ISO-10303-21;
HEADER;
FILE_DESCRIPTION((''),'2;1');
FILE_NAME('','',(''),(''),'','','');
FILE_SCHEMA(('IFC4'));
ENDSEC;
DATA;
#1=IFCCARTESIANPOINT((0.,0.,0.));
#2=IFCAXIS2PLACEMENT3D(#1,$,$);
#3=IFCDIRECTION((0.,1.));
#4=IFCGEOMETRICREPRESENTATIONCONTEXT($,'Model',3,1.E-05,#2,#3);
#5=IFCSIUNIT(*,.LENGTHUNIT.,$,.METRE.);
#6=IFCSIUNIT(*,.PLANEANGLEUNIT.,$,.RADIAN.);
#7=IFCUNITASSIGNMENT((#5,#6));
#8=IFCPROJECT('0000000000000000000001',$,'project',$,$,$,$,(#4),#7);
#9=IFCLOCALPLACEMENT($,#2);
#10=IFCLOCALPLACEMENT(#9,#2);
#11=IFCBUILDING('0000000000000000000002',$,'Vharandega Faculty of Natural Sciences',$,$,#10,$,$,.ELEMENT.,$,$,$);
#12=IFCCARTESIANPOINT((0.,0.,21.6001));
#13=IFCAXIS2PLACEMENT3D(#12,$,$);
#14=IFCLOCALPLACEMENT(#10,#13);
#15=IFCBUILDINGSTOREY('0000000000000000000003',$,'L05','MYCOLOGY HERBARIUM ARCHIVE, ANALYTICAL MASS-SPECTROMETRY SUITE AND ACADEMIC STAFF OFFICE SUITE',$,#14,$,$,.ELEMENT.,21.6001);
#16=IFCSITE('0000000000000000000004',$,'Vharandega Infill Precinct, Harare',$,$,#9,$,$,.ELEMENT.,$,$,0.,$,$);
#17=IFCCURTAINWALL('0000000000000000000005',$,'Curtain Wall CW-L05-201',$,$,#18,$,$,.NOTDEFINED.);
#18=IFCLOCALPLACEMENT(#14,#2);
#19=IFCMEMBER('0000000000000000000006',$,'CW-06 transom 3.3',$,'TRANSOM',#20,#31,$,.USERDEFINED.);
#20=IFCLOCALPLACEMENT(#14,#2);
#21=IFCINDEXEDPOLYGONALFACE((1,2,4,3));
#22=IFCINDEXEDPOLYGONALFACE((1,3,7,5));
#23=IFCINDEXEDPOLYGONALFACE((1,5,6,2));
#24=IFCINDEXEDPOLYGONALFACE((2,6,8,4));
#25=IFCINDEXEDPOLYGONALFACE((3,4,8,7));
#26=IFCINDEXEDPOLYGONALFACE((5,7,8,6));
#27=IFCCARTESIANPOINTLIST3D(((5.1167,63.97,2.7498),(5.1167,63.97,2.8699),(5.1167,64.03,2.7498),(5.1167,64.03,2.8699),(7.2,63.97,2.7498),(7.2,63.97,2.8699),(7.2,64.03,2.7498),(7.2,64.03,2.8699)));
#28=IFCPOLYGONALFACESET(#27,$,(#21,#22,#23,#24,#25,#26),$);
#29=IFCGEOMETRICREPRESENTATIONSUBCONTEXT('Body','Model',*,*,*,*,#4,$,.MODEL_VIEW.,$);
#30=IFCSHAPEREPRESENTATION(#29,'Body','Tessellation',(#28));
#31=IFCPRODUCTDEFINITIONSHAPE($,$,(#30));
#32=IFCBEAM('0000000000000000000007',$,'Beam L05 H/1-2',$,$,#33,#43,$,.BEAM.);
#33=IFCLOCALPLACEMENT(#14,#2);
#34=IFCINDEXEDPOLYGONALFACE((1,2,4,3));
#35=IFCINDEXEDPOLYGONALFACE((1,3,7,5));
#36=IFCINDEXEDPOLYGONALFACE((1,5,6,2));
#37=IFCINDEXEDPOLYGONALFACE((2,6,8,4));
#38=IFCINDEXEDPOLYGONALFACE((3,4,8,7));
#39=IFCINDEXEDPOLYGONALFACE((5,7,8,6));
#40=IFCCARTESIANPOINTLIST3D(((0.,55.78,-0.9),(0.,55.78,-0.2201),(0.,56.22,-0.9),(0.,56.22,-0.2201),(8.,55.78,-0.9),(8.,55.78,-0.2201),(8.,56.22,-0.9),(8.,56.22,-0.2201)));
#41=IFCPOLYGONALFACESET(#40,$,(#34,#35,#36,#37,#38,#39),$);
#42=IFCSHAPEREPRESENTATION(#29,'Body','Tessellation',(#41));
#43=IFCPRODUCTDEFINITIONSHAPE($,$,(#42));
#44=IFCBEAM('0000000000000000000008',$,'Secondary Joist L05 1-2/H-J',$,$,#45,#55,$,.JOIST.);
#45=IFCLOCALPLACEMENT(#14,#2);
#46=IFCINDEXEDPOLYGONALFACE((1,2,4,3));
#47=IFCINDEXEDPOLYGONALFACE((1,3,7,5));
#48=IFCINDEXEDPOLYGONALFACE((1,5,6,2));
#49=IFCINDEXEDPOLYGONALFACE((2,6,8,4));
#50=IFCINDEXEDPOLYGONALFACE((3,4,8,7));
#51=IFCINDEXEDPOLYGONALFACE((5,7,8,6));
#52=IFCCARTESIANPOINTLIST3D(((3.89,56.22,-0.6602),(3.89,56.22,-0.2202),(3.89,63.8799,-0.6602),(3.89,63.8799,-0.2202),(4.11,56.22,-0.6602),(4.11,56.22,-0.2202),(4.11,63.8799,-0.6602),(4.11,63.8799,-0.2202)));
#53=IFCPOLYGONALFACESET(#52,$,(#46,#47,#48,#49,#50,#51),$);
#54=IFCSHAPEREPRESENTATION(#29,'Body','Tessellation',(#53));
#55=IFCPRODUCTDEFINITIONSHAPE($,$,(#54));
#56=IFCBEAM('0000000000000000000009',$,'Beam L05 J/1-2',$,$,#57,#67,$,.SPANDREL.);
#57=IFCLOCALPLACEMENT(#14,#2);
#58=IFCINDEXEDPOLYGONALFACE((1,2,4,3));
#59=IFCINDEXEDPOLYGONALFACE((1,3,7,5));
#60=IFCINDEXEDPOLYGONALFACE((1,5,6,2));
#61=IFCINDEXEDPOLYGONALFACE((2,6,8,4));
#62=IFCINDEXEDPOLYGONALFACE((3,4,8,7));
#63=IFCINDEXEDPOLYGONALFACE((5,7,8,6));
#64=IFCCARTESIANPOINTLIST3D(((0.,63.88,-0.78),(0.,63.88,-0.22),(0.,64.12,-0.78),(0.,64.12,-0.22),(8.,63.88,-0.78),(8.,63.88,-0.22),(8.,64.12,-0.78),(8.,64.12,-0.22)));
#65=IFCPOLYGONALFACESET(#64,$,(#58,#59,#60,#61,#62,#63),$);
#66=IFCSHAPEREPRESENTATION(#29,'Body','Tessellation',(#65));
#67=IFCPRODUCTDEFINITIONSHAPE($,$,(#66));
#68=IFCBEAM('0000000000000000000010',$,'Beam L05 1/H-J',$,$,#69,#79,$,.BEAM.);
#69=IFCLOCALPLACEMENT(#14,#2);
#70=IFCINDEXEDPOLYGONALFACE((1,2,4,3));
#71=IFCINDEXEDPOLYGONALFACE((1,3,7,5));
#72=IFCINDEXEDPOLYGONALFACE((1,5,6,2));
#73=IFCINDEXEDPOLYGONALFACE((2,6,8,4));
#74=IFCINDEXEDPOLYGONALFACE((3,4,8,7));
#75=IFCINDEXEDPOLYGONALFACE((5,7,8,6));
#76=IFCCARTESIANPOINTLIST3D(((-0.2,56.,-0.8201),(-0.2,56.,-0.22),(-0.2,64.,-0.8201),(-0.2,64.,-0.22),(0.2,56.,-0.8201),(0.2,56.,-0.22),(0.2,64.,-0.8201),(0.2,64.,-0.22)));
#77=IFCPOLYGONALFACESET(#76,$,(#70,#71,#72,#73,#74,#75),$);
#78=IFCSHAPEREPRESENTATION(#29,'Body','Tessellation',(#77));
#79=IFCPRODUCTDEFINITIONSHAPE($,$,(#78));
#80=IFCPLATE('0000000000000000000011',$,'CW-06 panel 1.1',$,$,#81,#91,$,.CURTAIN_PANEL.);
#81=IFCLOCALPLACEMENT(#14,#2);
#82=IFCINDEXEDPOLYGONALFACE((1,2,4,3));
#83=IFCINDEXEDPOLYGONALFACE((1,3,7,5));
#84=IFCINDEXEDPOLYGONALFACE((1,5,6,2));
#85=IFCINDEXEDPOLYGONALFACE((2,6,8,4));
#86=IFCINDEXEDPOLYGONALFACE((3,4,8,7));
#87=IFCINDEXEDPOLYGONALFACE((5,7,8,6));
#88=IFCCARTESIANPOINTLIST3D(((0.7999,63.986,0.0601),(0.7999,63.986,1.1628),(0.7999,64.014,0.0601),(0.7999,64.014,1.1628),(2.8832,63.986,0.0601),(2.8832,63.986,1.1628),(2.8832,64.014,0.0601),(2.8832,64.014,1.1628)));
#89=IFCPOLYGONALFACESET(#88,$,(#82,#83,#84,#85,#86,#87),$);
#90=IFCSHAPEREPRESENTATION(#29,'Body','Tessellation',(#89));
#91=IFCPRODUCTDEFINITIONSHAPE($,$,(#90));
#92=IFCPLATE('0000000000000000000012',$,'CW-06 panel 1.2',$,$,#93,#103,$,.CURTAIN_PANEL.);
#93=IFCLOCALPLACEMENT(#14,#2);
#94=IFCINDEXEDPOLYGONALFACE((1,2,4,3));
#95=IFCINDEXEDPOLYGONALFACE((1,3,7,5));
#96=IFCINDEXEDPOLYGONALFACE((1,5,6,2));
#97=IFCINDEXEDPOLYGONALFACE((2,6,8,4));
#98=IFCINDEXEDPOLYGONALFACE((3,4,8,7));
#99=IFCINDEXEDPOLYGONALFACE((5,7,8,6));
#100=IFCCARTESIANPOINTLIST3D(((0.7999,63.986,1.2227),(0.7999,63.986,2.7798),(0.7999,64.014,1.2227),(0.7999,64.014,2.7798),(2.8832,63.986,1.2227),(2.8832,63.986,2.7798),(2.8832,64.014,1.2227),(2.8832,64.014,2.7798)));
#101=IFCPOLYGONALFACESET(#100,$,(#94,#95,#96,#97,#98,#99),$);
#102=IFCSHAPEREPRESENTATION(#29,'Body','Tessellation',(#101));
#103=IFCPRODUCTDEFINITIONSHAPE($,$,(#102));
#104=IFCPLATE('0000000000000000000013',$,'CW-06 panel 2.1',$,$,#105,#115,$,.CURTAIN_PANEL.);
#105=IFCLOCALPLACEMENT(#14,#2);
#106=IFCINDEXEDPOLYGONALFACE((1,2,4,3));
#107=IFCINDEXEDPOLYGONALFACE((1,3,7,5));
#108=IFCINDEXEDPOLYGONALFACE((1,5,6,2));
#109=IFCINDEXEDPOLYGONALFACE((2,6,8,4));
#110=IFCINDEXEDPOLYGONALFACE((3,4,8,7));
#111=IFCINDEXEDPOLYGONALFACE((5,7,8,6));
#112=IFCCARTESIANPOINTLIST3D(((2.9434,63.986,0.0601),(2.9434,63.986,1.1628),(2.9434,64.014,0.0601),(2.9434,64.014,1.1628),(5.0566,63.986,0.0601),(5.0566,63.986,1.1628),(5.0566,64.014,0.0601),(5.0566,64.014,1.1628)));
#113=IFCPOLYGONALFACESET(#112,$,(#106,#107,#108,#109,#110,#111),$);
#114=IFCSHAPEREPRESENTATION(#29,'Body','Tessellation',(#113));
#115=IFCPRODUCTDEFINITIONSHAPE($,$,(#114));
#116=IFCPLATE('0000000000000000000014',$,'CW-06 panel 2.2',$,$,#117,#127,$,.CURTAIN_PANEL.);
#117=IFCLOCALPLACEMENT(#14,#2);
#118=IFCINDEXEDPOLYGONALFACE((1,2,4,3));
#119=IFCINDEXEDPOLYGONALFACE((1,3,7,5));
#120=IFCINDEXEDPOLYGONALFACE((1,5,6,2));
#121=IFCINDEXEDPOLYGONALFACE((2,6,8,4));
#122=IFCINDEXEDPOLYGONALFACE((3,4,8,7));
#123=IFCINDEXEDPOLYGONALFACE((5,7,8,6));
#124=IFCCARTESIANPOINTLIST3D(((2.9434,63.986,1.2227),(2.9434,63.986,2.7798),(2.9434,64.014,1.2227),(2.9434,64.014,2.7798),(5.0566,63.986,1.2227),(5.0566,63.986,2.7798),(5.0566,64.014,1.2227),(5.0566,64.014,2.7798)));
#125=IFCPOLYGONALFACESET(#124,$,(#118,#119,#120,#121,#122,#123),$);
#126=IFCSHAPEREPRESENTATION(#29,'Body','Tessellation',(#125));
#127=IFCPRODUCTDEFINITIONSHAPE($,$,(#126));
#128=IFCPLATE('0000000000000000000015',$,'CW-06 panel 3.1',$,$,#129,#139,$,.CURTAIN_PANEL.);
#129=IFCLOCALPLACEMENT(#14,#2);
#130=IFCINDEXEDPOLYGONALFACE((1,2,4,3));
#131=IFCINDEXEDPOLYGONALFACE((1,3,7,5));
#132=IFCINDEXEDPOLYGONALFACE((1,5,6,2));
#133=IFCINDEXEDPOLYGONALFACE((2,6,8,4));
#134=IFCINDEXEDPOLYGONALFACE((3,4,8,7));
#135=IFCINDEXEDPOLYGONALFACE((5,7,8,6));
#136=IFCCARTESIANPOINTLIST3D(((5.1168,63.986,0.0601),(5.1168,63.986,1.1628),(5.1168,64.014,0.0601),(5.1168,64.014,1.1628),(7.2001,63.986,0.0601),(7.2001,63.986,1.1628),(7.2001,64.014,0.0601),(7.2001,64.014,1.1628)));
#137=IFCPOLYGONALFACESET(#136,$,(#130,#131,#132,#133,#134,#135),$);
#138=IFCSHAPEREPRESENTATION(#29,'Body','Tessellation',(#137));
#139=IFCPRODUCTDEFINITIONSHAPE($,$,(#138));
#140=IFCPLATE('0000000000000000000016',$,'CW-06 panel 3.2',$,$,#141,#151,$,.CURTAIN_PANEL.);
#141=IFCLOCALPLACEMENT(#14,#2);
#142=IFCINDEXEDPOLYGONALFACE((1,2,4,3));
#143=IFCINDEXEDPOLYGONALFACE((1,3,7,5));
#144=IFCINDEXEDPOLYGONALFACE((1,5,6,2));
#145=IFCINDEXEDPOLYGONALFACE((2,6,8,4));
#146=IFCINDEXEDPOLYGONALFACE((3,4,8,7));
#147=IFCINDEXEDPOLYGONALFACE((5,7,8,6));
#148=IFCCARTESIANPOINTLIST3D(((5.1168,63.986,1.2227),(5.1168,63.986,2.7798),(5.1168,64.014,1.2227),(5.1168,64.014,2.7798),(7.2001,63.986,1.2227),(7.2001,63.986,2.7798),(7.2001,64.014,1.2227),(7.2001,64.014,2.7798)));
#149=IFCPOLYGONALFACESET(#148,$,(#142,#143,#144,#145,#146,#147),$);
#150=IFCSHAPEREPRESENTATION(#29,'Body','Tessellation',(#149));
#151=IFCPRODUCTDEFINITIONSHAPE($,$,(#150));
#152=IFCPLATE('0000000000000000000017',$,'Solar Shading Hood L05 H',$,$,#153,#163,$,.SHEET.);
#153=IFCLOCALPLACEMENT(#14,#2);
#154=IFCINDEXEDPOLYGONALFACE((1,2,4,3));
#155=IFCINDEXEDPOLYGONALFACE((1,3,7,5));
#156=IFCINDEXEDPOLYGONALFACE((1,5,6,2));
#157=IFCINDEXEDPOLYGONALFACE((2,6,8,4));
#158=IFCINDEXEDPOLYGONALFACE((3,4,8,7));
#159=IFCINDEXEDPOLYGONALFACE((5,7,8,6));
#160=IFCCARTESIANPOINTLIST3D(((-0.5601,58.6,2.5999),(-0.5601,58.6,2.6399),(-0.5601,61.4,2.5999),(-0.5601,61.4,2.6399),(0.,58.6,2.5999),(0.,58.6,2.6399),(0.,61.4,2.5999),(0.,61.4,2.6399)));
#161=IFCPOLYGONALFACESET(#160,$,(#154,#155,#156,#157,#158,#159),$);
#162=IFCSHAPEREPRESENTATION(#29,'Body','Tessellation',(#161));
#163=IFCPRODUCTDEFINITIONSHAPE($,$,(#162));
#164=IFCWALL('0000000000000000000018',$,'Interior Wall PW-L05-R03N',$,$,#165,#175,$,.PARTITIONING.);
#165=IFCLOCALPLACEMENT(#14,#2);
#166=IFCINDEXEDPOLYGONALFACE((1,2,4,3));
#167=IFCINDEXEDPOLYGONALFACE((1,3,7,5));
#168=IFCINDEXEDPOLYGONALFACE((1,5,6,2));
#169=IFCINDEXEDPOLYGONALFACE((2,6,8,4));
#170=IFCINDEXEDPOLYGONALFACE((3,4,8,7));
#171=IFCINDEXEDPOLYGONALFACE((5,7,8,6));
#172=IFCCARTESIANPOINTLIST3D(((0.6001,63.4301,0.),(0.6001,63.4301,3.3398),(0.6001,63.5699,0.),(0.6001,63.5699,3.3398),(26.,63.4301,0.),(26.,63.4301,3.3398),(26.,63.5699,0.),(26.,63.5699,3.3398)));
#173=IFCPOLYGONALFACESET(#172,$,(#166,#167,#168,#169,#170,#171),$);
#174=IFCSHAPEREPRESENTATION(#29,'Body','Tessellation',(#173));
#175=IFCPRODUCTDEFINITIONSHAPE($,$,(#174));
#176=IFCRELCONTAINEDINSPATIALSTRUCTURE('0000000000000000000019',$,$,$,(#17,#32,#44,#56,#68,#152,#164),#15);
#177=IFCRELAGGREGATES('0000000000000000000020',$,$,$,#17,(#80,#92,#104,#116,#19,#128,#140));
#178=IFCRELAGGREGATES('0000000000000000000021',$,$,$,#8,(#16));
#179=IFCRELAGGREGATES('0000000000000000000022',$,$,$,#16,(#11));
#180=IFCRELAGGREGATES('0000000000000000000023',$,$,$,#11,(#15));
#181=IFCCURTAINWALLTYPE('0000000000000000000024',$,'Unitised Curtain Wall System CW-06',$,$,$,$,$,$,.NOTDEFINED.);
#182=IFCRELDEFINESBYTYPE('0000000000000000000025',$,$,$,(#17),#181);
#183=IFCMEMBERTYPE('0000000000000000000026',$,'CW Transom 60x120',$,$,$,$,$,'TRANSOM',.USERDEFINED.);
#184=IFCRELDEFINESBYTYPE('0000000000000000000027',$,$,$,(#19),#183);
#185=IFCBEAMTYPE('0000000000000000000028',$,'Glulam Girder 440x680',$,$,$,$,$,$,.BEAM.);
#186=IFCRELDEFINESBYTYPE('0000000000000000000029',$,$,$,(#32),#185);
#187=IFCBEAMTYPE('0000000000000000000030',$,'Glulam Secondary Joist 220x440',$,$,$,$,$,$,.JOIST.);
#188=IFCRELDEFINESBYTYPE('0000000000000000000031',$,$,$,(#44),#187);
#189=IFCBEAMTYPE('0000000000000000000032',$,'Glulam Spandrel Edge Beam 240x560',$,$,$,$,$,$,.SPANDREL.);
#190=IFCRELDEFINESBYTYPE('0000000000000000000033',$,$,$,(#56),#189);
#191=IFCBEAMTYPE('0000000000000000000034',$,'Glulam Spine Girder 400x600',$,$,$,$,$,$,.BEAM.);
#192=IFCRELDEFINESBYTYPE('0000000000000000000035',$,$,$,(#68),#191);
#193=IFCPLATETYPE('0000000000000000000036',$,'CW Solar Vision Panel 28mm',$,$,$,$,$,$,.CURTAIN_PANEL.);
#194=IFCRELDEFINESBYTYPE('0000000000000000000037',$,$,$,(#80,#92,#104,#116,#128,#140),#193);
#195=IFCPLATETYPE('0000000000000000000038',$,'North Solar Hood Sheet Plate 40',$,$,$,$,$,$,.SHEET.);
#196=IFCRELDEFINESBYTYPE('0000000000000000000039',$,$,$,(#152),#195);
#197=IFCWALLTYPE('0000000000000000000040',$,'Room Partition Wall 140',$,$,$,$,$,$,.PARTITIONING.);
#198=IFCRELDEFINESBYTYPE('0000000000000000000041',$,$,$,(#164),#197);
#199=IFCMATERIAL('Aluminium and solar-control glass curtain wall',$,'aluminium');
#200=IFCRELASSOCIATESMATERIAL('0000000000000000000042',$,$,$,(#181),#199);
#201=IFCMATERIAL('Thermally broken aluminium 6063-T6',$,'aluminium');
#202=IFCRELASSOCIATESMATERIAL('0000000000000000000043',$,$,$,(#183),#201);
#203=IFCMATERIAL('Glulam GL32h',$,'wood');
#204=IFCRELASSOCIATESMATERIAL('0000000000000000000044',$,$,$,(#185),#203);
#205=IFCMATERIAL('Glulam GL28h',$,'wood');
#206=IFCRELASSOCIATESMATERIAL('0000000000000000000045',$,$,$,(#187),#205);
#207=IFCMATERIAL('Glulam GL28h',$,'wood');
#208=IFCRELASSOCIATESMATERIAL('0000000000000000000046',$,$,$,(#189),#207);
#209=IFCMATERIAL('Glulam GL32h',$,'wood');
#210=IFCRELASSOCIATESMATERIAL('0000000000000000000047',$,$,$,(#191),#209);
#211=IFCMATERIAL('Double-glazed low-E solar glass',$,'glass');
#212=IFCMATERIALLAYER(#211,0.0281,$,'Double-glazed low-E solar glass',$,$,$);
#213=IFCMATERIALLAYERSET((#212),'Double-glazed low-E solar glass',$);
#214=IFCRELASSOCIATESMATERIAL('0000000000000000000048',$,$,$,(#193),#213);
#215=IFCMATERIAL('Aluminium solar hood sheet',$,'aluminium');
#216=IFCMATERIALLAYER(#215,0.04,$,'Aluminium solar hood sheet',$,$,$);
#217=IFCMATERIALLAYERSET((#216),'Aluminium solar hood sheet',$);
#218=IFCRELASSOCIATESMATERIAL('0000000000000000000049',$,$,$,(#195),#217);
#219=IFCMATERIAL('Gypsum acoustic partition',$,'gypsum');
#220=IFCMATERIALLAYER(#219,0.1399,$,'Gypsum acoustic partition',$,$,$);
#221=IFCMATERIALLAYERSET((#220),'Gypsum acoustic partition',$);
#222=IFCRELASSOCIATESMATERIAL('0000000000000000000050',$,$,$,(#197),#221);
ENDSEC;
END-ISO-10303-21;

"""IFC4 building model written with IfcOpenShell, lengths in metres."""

from ifc_helpers import new_model, si_unit, direction, frame, frame_2d, origin, origin_2d, place, context, subcontext, project, spatial, rectangle, extrude, material, layer, layer_set, material_profile, profile_set, type_object, element, aggregate, save


model = new_model("IFC4")

# Units and contexts
model_context = context("Model", 3, precision=1e-05, world=origin(), true_north=direction((0.0, 1.0)))
body_context = subcontext(model_context, "Body", "Model", "MODEL_VIEW")
ifc_project = project(units=[si_unit("LENGTHUNIT", "METRE"), si_unit("PLANEANGLEUNIT", "RADIAN")], contexts=[model_context])

# Site, building, storey
site_placement = place(None, origin())
site = spatial("IfcSite", under=ifc_project, at=site_placement, Name="Vharandega Infill Precinct, Harare", CompositionType="ELEMENT", RefElevation=0.0)
building_placement = place(site_placement, origin())
building = spatial("IfcBuilding", under=site, at=building_placement, Name="Vharandega Faculty of Natural Sciences", CompositionType="ELEMENT")
storey_placement = place(building_placement, frame((0.0, 0.0, 21.6001)))
storey = spatial("IfcBuildingStorey", under=building, at=storey_placement, Name="L05", Description="MYCOLOGY HERBARIUM ARCHIVE, ANALYTICAL MASS-SPECTROMETRY SUITE AND ACADEMIC STAFF OFFICE SUITE", CompositionType="ELEMENT", Elevation=21.6001)

# Curtain wall, member
ifc_material_1 = material(Name="Aluminium and solar-control glass curtain wall", Category="aluminium")
curtain_wall_type = type_object("IfcCurtainWallType", Name="Unitised Curtain Wall System CW-06", PredefinedType="NOTDEFINED", material=ifc_material_1)
curtain_wall_placement = place(storey_placement, origin())
curtain_wall = element("IfcCurtainWall", 1, at=curtain_wall_placement, inside=storey, type_object=curtain_wall_type, Name="Curtain Wall CW-L05-201", PredefinedType="NOTDEFINED")
ifc_material_2 = material(Name="Thermally broken aluminium 6063-T6", Category="aluminium")
ifc_material_profile_1 = material_profile(ifc_material_2, rectangle(XDim=0.0601, YDim=0.1201, at=origin_2d()), Name="ALU 60x120")
ifc_profile_set_1 = profile_set([ifc_material_profile_1], Name="Thermally broken aluminium 6063-T6")
member_type_1 = type_object("IfcMemberType", Name="CW Transom 60x120", ElementType="TRANSOM", PredefinedType="USERDEFINED", material=ifc_profile_set_1)
member_1_placement = place(storey_placement, frame((5.1167, 64.0, 2.8098), z_axis=(1.0, 0.0, 0.0), x_axis=(0.0, 1.0, 0.0)))
member_1 = element("IfcMember", 2, at=member_1_placement, type_object=member_type_1, Name="CW-06 transom 3.3", ObjectType="TRANSOM", PredefinedType="USERDEFINED", context=body_context, shape_type="SweptSolid", body=[
    extrude(rectangle(XDim=0.0601, YDim=0.1201, at=origin_2d()), origin(), (0.0, 0.0, 1.0), 2.0833),
])

# Beams
ifc_material_3 = material(Name="Glulam GL32h", Category="wood")
ifc_material_profile_2 = material_profile(ifc_material_3, rectangle(XDim=0.4399, YDim=0.6799, at=origin_2d()), Name="GL32h 440x680")
ifc_profile_set_2 = profile_set([ifc_material_profile_2], Name="Glulam GL32h")
beam_type_1 = type_object("IfcBeamType", Name="Glulam Girder 440x680", PredefinedType="BEAM", material=ifc_profile_set_2)
beam_1_placement = place(storey_placement, frame((0.0, 56.0, -0.5601), z_axis=(1.0, 0.0, 0.0), x_axis=(0.0, 1.0, 0.0)))
element("IfcBeam", 3, at=beam_1_placement, inside=storey, type_object=beam_type_1, Name="Beam L05 H/1-2", PredefinedType="BEAM", context=body_context, shape_type="SweptSolid", body=[
    extrude(rectangle(XDim=0.4399, YDim=0.6799, at=origin_2d()), origin(), (0.0, 0.0, 1.0), 8.0),
])
ifc_material_4 = material(Name="Glulam GL28h", Category="wood")
ifc_material_profile_3 = material_profile(ifc_material_4, rectangle(XDim=0.22, YDim=0.4399, at=origin_2d()), Name="GL28h 220x440")
ifc_profile_set_3 = profile_set([ifc_material_profile_3], Name="Glulam GL28h")
beam_type_2 = type_object("IfcBeamType", Name="Glulam Secondary Joist 220x440", PredefinedType="JOIST", material=ifc_profile_set_3)
beam_2_placement = place(storey_placement, frame((4.0, 56.22, -0.4402), z_axis=(0.0, 1.0, 0.0), x_axis=(-1.0, 0.0, 0.0)))
element("IfcBeam", 4, at=beam_2_placement, inside=storey, type_object=beam_type_2, Name="Secondary Joist L05 1-2/H-J", PredefinedType="JOIST", context=body_context, shape_type="SweptSolid", body=[
    extrude(rectangle(XDim=0.22, YDim=0.4399, at=origin_2d()), origin(), (0.0, 0.0, 1.0), 7.6599),
])
ifc_material_5 = material(Name="Glulam GL28h", Category="wood")
ifc_material_profile_4 = material_profile(ifc_material_5, rectangle(XDim=0.24, YDim=0.5601, at=origin_2d()), Name="GL28h 240x560")
ifc_profile_set_4 = profile_set([ifc_material_profile_4], Name="Glulam GL28h")
beam_type_3 = type_object("IfcBeamType", Name="Glulam Spandrel Edge Beam 240x560", PredefinedType="SPANDREL", material=ifc_profile_set_4)
beam_3_placement = place(storey_placement, frame((0.0, 64.0, -0.5), z_axis=(1.0, 0.0, 0.0), x_axis=(0.0, 1.0, 0.0)))
element("IfcBeam", 5, at=beam_3_placement, inside=storey, type_object=beam_type_3, Name="Beam L05 J/1-2", PredefinedType="SPANDREL", context=body_context, shape_type="SweptSolid", body=[
    extrude(rectangle(XDim=0.24, YDim=0.5601, at=origin_2d()), origin(), (0.0, 0.0, 1.0), 8.0),
])
ifc_material_6 = material(Name="Glulam GL32h", Category="wood")
ifc_material_profile_5 = material_profile(ifc_material_6, rectangle(XDim=0.3999, YDim=0.6001, at=origin_2d()), Name="GL32h 400x600")
ifc_profile_set_5 = profile_set([ifc_material_profile_5], Name="Glulam GL32h")
beam_type_4 = type_object("IfcBeamType", Name="Glulam Spine Girder 400x600", PredefinedType="BEAM", material=ifc_profile_set_5)
beam_4_placement = place(storey_placement, frame((0.0, 56.0, -0.52), z_axis=(0.0, 1.0, 0.0), x_axis=(-1.0, 0.0, 0.0)))
element("IfcBeam", 6, at=beam_4_placement, inside=storey, type_object=beam_type_4, Name="Beam L05 1/H-J", PredefinedType="BEAM", context=body_context, shape_type="SweptSolid", body=[
    extrude(rectangle(XDim=0.3999, YDim=0.6001, at=origin_2d()), origin(), (0.0, 0.0, 1.0), 8.0),
])

# Plates
ifc_material_7 = material(Name="Double-glazed low-E solar glass", Category="glass")
ifc_layer_1 = layer(ifc_material_7, 0.0281, Name="Double-glazed low-E solar glass")
ifc_layer_set_1 = layer_set([ifc_layer_1], Name="Double-glazed low-E solar glass")
plate_type_1 = type_object("IfcPlateType", Name="CW Solar Vision Panel 28mm", PredefinedType="CURTAIN_PANEL", material=ifc_layer_set_1)
plate_1_placement = place(storey_placement, frame((1.8416, 64.0, 0.0601), z_axis=(0.0, 0.0, 1.0), x_axis=(1.0, 0.0, 0.0)))
plate_1 = element("IfcPlate", 7, at=plate_1_placement, type_object=plate_type_1, Name="CW-06 panel 1.1", PredefinedType="CURTAIN_PANEL", context=body_context, shape_type="SweptSolid", body=[
    extrude(rectangle(XDim=2.0833, YDim=0.0281, at=origin_2d()), origin(), (0.0, 0.0, 1.0), 1.1028),
])
plate_2_placement = place(storey_placement, frame((1.8416, 64.0, 1.2227), z_axis=(0.0, 0.0, 1.0), x_axis=(1.0, 0.0, 0.0)))
plate_2 = element("IfcPlate", 8, at=plate_2_placement, type_object=plate_type_1, Name="CW-06 panel 1.2", PredefinedType="CURTAIN_PANEL", context=body_context, shape_type="SweptSolid", body=[
    extrude(rectangle(XDim=2.0833, YDim=0.0281, at=origin_2d()), origin(), (0.0, 0.0, 1.0), 1.5571),
])
plate_3_placement = place(storey_placement, frame((4.0, 64.0, 0.0601), z_axis=(0.0, 0.0, 1.0), x_axis=(1.0, 0.0, 0.0)))
plate_3 = element("IfcPlate", 9, at=plate_3_placement, type_object=plate_type_1, Name="CW-06 panel 2.1", PredefinedType="CURTAIN_PANEL", context=body_context, shape_type="SweptSolid", body=[
    extrude(rectangle(XDim=2.1133, YDim=0.0281, at=origin_2d()), origin(), (0.0, 0.0, 1.0), 1.1028),
])
plate_4_placement = place(storey_placement, frame((4.0, 64.0, 1.2227), z_axis=(0.0, 0.0, 1.0), x_axis=(1.0, 0.0, 0.0)))
plate_4 = element("IfcPlate", 10, at=plate_4_placement, type_object=plate_type_1, Name="CW-06 panel 2.2", PredefinedType="CURTAIN_PANEL", context=body_context, shape_type="SweptSolid", body=[
    extrude(rectangle(XDim=2.1133, YDim=0.0281, at=origin_2d()), origin(), (0.0, 0.0, 1.0), 1.5571),
])
plate_5_placement = place(storey_placement, frame((6.1584, 64.0, 0.0601), z_axis=(0.0, 0.0, 1.0), x_axis=(1.0, 0.0, 0.0)))
plate_5 = element("IfcPlate", 11, at=plate_5_placement, type_object=plate_type_1, Name="CW-06 panel 3.1", PredefinedType="CURTAIN_PANEL", context=body_context, shape_type="SweptSolid", body=[
    extrude(rectangle(XDim=2.0833, YDim=0.0281, at=origin_2d()), origin(), (0.0, 0.0, 1.0), 1.1028),
])
plate_6_placement = place(storey_placement, frame((6.1584, 64.0, 1.2227), z_axis=(0.0, 0.0, 1.0), x_axis=(1.0, 0.0, 0.0)))
plate_6 = element("IfcPlate", 12, at=plate_6_placement, type_object=plate_type_1, Name="CW-06 panel 3.2", PredefinedType="CURTAIN_PANEL", context=body_context, shape_type="SweptSolid", body=[
    extrude(rectangle(XDim=2.0833, YDim=0.0281, at=origin_2d()), origin(), (0.0, 0.0, 1.0), 1.5571),
])
aggregate(curtain_wall, [plate_1, plate_2, plate_3, plate_4, member_1, plate_5, plate_6])
ifc_material_8 = material(Name="Aluminium solar hood sheet", Category="aluminium")
ifc_layer_2 = layer(ifc_material_8, 0.04, Name="Aluminium solar hood sheet")
ifc_layer_set_2 = layer_set([ifc_layer_2], Name="Aluminium solar hood sheet")
plate_type_2 = type_object("IfcPlateType", Name="North Solar Hood Sheet Plate 40", PredefinedType="SHEET", material=ifc_layer_set_2)
plate_7_placement = place(storey_placement, frame((-0.28, 60.0, 2.5999), z_axis=(0.0, 0.0, 1.0), x_axis=(1.0, 0.0, 0.0)))
element("IfcPlate", 13, at=plate_7_placement, inside=storey, type_object=plate_type_2, Name="Solar Shading Hood L05 H", PredefinedType="SHEET", context=body_context, shape_type="SweptSolid", body=[
    extrude(rectangle(XDim=0.5601, YDim=2.8, at=origin_2d()), origin(), (0.0, 0.0, 1.0), 0.04),
])

# Wall
ifc_material_9 = material(Name="Gypsum acoustic partition", Category="gypsum")
ifc_layer_3 = layer(ifc_material_9, 0.1399, Name="Gypsum acoustic partition")
ifc_layer_set_3 = layer_set([ifc_layer_3], Name="Gypsum acoustic partition")
wall_type_1 = type_object("IfcWallType", Name="Room Partition Wall 140", PredefinedType="PARTITIONING", material=ifc_layer_set_3)
wall_1_placement = place(storey_placement, frame((0.6001, 63.5, 0.0), z_axis=(0.0, 0.0, 1.0), x_axis=(1.0, 0.0, 0.0)))
element("IfcWall", 14, at=wall_1_placement, inside=storey, type_object=wall_type_1, Name="Interior Wall PW-L05-R03N", PredefinedType="PARTITIONING", context=body_context, shape_type="SweptSolid", body=[
    extrude(rectangle(XDim=25.3999, YDim=0.1399, at=frame_2d((12.7, 0.0))), origin(), (0.0, 0.0, 1.0), 3.3398),
])

save(model, "model.ifc")
